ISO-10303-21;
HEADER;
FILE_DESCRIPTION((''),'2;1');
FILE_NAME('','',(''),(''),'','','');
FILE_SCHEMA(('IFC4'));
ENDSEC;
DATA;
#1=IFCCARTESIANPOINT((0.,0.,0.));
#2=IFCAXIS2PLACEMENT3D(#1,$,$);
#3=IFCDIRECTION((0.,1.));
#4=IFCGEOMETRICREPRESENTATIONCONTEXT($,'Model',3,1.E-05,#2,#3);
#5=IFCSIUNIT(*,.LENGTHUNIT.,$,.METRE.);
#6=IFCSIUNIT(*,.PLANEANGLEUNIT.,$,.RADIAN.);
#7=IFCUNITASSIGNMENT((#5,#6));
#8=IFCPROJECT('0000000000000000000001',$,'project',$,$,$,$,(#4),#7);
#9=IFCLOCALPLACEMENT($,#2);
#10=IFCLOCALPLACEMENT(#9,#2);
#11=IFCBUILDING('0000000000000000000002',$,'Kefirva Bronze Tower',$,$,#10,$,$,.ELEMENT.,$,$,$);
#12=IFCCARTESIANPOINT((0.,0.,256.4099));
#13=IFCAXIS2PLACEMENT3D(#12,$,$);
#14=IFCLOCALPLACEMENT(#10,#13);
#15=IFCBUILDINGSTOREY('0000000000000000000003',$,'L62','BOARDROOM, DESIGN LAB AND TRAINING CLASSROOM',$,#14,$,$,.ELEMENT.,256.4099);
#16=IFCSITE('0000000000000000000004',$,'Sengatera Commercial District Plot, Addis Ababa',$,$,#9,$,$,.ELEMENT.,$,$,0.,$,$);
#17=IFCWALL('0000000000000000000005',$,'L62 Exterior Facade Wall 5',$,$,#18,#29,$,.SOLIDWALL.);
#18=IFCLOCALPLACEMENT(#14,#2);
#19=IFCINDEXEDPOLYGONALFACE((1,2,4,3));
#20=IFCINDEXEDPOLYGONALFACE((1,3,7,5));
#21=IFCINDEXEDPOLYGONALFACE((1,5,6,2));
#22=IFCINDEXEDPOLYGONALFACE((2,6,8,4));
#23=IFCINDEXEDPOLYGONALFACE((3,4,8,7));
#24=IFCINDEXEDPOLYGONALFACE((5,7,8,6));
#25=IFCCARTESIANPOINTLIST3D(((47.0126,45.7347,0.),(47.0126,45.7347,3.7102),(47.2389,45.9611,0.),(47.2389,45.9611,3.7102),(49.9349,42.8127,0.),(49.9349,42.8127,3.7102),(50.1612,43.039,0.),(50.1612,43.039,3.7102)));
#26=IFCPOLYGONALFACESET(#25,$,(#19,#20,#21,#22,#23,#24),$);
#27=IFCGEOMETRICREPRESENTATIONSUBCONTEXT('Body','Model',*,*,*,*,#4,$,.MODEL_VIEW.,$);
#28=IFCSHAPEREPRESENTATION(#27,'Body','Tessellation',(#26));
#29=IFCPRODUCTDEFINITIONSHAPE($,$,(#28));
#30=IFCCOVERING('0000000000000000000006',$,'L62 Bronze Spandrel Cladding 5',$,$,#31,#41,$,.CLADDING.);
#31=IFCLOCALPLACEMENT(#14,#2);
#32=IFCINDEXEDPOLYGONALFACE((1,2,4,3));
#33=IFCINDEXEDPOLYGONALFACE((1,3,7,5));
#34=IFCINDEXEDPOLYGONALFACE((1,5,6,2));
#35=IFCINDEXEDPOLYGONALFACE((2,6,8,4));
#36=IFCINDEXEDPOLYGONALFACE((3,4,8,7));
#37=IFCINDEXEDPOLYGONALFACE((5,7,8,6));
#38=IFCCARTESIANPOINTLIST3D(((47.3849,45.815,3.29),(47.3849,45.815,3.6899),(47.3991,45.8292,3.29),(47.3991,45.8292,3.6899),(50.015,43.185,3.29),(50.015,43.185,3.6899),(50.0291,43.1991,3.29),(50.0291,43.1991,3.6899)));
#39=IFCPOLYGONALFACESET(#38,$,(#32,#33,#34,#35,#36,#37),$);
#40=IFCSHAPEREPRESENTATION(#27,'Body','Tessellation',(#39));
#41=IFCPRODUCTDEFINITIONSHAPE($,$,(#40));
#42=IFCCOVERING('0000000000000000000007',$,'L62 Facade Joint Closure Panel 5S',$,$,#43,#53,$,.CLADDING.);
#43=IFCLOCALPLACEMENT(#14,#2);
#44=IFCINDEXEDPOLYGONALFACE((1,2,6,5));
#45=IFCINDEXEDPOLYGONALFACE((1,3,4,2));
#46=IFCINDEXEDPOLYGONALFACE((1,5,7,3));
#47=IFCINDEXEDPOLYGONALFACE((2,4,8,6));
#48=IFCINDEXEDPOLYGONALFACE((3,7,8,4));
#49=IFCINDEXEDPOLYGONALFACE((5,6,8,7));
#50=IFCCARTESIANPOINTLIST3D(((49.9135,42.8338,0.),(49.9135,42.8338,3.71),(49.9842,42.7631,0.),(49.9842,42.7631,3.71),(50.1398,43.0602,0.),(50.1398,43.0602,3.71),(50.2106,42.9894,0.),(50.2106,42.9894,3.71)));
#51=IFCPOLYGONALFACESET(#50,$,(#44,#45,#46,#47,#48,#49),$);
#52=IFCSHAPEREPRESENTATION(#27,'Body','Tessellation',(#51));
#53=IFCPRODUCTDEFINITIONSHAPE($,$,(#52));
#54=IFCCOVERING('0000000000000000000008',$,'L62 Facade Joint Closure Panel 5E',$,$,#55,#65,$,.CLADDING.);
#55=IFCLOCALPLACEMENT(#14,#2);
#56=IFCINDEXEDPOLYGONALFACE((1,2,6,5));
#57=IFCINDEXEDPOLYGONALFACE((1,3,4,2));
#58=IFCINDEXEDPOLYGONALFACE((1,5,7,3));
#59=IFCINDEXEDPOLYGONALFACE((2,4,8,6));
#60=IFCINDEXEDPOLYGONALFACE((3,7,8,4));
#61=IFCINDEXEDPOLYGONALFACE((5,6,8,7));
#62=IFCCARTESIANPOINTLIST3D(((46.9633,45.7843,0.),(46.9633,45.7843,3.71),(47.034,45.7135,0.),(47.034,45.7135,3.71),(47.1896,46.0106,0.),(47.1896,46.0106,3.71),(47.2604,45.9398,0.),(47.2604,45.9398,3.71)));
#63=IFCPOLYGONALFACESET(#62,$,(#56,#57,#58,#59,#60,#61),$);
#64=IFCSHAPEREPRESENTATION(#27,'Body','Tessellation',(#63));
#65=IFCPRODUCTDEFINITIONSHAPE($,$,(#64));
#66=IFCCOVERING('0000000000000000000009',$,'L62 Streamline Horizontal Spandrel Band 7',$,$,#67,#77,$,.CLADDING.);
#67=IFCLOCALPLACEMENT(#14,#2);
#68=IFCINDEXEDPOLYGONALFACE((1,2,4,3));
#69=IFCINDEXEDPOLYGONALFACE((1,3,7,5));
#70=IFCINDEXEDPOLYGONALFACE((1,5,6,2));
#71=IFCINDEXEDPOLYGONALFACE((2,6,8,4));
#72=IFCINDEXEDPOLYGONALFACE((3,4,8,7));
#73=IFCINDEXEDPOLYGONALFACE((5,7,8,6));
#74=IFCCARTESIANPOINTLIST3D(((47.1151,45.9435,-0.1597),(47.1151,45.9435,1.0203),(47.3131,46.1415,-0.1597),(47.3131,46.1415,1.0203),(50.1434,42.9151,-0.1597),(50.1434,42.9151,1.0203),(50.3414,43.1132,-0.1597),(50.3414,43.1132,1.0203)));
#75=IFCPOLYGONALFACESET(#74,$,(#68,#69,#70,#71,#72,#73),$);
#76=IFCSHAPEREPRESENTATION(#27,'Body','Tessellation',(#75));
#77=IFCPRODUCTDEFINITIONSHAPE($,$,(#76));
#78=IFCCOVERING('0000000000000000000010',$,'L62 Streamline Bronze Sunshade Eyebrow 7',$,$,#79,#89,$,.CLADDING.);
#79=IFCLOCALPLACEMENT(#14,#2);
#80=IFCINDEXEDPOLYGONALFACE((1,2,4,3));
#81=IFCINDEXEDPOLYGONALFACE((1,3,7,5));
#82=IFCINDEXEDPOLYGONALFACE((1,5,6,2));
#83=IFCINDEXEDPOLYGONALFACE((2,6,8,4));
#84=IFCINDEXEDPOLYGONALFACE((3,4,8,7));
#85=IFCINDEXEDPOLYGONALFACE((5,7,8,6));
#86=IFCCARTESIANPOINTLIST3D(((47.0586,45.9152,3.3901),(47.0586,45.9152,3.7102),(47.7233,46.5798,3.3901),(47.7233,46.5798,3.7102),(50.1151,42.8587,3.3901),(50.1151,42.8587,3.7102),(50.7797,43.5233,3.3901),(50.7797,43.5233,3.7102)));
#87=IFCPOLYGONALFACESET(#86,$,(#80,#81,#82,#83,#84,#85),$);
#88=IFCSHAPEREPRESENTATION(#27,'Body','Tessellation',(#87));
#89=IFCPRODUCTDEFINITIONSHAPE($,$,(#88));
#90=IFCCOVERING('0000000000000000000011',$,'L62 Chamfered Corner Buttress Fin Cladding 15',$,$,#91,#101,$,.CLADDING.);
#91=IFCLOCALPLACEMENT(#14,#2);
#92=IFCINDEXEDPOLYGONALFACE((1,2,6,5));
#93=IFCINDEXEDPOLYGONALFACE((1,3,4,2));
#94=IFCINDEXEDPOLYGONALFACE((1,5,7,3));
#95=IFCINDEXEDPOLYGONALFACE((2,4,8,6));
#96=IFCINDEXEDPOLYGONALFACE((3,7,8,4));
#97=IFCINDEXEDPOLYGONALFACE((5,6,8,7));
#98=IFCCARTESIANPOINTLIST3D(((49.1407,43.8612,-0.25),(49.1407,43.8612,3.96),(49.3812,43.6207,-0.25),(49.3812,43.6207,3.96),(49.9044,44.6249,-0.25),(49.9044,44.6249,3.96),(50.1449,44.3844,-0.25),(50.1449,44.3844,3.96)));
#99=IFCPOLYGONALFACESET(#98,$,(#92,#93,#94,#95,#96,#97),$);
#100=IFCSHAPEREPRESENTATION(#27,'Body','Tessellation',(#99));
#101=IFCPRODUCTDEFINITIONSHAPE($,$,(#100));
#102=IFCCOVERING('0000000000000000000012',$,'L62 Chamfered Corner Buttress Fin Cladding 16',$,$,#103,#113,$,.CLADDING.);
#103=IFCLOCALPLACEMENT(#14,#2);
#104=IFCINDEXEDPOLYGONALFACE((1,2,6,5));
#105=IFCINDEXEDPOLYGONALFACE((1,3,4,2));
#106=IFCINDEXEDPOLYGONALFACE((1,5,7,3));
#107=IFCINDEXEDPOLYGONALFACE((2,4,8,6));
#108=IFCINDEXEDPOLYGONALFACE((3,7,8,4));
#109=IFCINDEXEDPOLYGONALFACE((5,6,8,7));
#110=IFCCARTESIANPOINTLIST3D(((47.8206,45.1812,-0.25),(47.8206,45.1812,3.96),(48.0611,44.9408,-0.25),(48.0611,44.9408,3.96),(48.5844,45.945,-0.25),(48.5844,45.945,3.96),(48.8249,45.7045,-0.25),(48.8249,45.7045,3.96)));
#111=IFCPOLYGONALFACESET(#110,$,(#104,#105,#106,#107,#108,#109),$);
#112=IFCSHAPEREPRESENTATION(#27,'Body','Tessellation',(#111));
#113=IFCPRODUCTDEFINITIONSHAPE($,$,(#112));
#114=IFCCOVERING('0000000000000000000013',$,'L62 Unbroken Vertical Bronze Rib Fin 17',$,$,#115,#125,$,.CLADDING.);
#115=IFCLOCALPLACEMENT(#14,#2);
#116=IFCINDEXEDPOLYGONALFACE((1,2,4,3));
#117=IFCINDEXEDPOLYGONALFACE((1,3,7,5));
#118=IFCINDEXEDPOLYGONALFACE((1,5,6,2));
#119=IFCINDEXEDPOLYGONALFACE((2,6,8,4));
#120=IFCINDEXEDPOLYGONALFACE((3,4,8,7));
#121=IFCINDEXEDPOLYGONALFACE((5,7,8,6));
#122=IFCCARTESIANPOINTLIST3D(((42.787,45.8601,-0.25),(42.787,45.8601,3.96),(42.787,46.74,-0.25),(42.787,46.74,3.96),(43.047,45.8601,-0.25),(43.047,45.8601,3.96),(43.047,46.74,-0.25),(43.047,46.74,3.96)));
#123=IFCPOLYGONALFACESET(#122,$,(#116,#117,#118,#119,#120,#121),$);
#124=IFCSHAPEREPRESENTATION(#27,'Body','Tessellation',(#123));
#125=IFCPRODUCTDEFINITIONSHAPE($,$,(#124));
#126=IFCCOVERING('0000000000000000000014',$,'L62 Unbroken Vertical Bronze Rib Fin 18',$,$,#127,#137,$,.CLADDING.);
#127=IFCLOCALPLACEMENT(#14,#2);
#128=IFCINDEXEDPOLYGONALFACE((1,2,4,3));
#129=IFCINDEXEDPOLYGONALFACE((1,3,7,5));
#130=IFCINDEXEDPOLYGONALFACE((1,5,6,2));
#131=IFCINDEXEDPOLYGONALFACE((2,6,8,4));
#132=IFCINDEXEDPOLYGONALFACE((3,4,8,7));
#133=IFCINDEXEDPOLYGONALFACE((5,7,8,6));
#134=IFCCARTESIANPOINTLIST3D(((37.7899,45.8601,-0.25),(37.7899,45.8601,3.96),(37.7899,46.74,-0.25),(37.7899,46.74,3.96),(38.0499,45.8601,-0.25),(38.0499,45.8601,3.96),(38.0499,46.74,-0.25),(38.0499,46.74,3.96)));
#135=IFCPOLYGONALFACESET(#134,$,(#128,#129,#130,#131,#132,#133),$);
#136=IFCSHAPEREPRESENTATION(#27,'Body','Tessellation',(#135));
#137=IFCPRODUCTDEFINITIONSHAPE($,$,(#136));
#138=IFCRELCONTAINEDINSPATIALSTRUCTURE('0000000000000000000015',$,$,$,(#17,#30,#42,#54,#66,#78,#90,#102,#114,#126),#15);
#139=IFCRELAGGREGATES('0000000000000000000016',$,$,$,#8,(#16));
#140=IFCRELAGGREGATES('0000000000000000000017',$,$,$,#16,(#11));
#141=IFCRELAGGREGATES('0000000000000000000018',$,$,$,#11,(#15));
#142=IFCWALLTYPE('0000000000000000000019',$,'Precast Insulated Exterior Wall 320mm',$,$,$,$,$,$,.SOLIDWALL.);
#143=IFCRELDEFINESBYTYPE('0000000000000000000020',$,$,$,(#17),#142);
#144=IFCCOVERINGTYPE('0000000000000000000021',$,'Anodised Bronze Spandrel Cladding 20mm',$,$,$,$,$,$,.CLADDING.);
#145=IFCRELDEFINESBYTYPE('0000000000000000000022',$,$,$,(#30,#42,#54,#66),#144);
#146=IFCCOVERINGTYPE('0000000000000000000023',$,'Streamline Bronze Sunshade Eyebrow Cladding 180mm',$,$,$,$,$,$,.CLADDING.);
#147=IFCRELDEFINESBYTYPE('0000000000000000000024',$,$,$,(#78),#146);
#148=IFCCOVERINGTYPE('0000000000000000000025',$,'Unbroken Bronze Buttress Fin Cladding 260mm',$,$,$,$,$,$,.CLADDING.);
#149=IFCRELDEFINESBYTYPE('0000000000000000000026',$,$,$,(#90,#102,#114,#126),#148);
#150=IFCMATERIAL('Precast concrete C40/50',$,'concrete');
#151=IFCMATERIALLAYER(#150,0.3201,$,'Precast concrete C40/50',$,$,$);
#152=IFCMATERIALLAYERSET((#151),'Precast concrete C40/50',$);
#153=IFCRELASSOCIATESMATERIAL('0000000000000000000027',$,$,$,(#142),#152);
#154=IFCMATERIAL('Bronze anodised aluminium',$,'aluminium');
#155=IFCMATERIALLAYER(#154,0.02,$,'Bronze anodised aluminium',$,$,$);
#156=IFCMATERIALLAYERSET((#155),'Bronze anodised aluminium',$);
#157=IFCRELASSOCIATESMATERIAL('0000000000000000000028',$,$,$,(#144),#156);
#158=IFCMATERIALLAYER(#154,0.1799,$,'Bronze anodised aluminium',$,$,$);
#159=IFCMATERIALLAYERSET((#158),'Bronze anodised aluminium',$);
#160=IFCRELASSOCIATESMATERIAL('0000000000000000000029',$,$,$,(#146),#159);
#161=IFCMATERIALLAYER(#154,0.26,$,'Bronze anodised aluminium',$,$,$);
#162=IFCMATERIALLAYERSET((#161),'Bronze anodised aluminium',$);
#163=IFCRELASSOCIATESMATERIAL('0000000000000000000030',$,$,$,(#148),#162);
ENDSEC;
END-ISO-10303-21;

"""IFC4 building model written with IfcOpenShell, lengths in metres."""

from ifc_helpers import new_model, si_unit, direction, frame, frame_2d, origin, origin_2d, place, context, subcontext, project, spatial, rectangle, extrude, material, layer, layer_set, type_object, element, save


model = new_model("IFC4")

# Units and contexts
model_context = context("Model", 3, precision=1e-05, world=origin(), true_north=direction((0.0, 1.0)))
body_context = subcontext(model_context, "Body", "Model", "MODEL_VIEW")
ifc_project = project(units=[si_unit("LENGTHUNIT", "METRE"), si_unit("PLANEANGLEUNIT", "RADIAN")], contexts=[model_context])

# Site, building, storey
site_placement = place(None, origin())
site = spatial("IfcSite", under=ifc_project, at=site_placement, Name="Sengatera Commercial District Plot, Addis Ababa", CompositionType="ELEMENT", RefElevation=0.0)
building_placement = place(site_placement, origin())
building = spatial("IfcBuilding", under=site, at=building_placement, Name="Kefirva Bronze Tower", CompositionType="ELEMENT")
storey_placement = place(building_placement, frame((0.0, 0.0, 256.4099)))
storey = spatial("IfcBuildingStorey", under=building, at=storey_placement, Name="L62", Description="BOARDROOM, DESIGN LAB AND TRAINING CLASSROOM", CompositionType="ELEMENT", Elevation=256.4099)

# Shared definitions
ifc_material_1 = material(Name="Bronze anodised aluminium", Category="aluminium")

# Wall
ifc_material_2 = material(Name="Precast concrete C40/50", Category="concrete")
ifc_layer_1 = layer(ifc_material_2, 0.3201, Name="Precast concrete C40/50")
ifc_layer_set_1 = layer_set([ifc_layer_1], Name="Precast concrete C40/50")
wall_type = type_object("IfcWallType", Name="Precast Insulated Exterior Wall 320mm", PredefinedType="SOLIDWALL", material=ifc_layer_set_1)
wall_placement = place(storey_placement, frame((50.0481, 42.9258, 0.0), z_axis=(0.0, 0.0, 1.0), x_axis=(-0.707136, 0.707077, 0.0)))
element("IfcWall", 1, at=wall_placement, inside=storey, type_object=wall_type, Name="L62 Exterior Facade Wall 5", PredefinedType="SOLIDWALL", context=body_context, shape_type="SweptSolid", body=[
    extrude(rectangle(XDim=4.1326, YDim=0.3201, at=frame_2d((2.0664, 0.0))), origin(), (0.0, 0.0, 1.0), 3.7102),
])

# Coverings
ifc_layer_2 = layer(ifc_material_1, 0.02, Name="Bronze anodised aluminium")
ifc_layer_set_2 = layer_set([ifc_layer_2], Name="Bronze anodised aluminium")
covering_type_1 = type_object("IfcCoveringType", Name="Anodised Bronze Spandrel Cladding 20mm", PredefinedType="CLADDING", material=ifc_layer_set_2)
covering_1_placement = place(storey_placement, frame((48.707, 44.5071, 3.29), z_axis=(0.0, 0.0, 1.0), x_axis=(-0.707107, 0.707107, 0.0)))
element("IfcCovering", 2, at=covering_1_placement, inside=storey, type_object=covering_type_1, Name="L62 Bronze Spandrel Cladding 5", PredefinedType="CLADDING", context=body_context, shape_type="SweptSolid", body=[
    extrude(rectangle(XDim=3.7195, YDim=0.02, at=origin_2d()), origin(), (0.0, 0.0, 1.0), 0.3999),
])
for number, where, z_axis, x_axis, name in (
    (3, (50.062, 42.9116, 0.0), (0.0, 0.0, 1.0), (-0.707107, 0.707107, 0.0), "L62 Facade Joint Closure Panel 5S"),
    (4, (47.1118, 45.8621, 0.0), (0.0, 0.0, 1.0), (-0.707107, 0.707107, 0.0), "L62 Facade Joint Closure Panel 5E"),
):
    element("IfcCovering", number, at=place(storey_placement, frame(where, z_axis=z_axis, x_axis=x_axis)), inside=storey, type_object=covering_type_1, Name=name, PredefinedType="CLADDING", context=body_context, shape_type="SweptSolid", body=[
        extrude(rectangle(XDim=0.1001, YDim=0.3201, at=origin_2d()), origin(), (0.0, 0.0, 1.0), 3.71),
    ])
covering_2_placement = place(storey_placement, frame((48.7283, 44.5283, -0.1597), z_axis=(0.0, 0.0, 1.0), x_axis=(-0.707107, 0.707107, 0.0)))
element("IfcCovering", 5, at=covering_2_placement, inside=storey, type_object=covering_type_1, Name="L62 Streamline Horizontal Spandrel Band 7", PredefinedType="CLADDING", context=body_context, shape_type="SweptSolid", body=[
    extrude(rectangle(XDim=4.2827, YDim=0.28, at=origin_2d()), origin(), (0.0, 0.0, 1.0), 1.1799),
])
ifc_layer_3 = layer(ifc_material_1, 0.1799, Name="Bronze anodised aluminium")
ifc_layer_set_3 = layer_set([ifc_layer_3], Name="Bronze anodised aluminium")
covering_type_2 = type_object("IfcCoveringType", Name="Streamline Bronze Sunshade Eyebrow Cladding 180mm", PredefinedType="CLADDING", material=ifc_layer_set_3)
covering_3_placement = place(storey_placement, frame((48.9192, 44.7192, 3.3901), z_axis=(0.0, 0.0, 1.0), x_axis=(-0.707107, 0.707107, 0.0)))
element("IfcCovering", 6, at=covering_3_placement, inside=storey, type_object=covering_type_2, Name="L62 Streamline Bronze Sunshade Eyebrow 7", PredefinedType="CLADDING", context=body_context, shape_type="SweptSolid", body=[
    extrude(rectangle(XDim=4.3225, YDim=0.9399, at=origin_2d()), origin(), (0.0, 0.0, 1.0), 0.3201),
])
ifc_layer_4 = layer(ifc_material_1, 0.26, Name="Bronze anodised aluminium")
ifc_layer_set_4 = layer_set([ifc_layer_4], Name="Bronze anodised aluminium")
covering_type_3 = type_object("IfcCoveringType", Name="Unbroken Bronze Buttress Fin Cladding 260mm", PredefinedType="CLADDING", material=ifc_layer_set_4)
for number, where, z_axis, x_axis, name in (
    (7, (49.6428, 44.1228, -0.25), (0.0, 0.0, 1.0), (-0.707107, 0.707107, 0.0), "L62 Chamfered Corner Buttress Fin Cladding 15"),
    (8, (48.3228, 45.4429, -0.25), (0.0, 0.0, 1.0), (-0.707107, 0.707107, 0.0), "L62 Chamfered Corner Buttress Fin Cladding 16"),
):
    element("IfcCovering", number, at=place(storey_placement, frame(where, z_axis=z_axis, x_axis=x_axis)), inside=storey, type_object=covering_type_3, Name=name, PredefinedType="CLADDING", context=body_context, shape_type="SweptSolid", body=[
        extrude(rectangle(XDim=0.3401, YDim=1.0801, at=origin_2d()), origin(), (0.0, 0.0, 1.0), 4.21),
    ])
for number, where, z_axis, x_axis, name in (
    (9, (42.917, 46.3, -0.25), (0.0, 0.0, 1.0), (-1.0, 0.0, 0.0), "L62 Unbroken Vertical Bronze Rib Fin 17"),
    (10, (37.9199, 46.3, -0.25), (0.0, 0.0, 1.0), (-1.0, 0.0, 0.0), "L62 Unbroken Vertical Bronze Rib Fin 18"),
):
    element("IfcCovering", number, at=place(storey_placement, frame(where, z_axis=z_axis, x_axis=x_axis)), inside=storey, type_object=covering_type_3, Name=name, PredefinedType="CLADDING", context=body_context, shape_type="SweptSolid", body=[
        extrude(rectangle(XDim=0.26, YDim=0.8799, at=origin_2d()), origin(), (0.0, 0.0, 1.0), 4.21),
    ])

save(model, "model.ifc")
